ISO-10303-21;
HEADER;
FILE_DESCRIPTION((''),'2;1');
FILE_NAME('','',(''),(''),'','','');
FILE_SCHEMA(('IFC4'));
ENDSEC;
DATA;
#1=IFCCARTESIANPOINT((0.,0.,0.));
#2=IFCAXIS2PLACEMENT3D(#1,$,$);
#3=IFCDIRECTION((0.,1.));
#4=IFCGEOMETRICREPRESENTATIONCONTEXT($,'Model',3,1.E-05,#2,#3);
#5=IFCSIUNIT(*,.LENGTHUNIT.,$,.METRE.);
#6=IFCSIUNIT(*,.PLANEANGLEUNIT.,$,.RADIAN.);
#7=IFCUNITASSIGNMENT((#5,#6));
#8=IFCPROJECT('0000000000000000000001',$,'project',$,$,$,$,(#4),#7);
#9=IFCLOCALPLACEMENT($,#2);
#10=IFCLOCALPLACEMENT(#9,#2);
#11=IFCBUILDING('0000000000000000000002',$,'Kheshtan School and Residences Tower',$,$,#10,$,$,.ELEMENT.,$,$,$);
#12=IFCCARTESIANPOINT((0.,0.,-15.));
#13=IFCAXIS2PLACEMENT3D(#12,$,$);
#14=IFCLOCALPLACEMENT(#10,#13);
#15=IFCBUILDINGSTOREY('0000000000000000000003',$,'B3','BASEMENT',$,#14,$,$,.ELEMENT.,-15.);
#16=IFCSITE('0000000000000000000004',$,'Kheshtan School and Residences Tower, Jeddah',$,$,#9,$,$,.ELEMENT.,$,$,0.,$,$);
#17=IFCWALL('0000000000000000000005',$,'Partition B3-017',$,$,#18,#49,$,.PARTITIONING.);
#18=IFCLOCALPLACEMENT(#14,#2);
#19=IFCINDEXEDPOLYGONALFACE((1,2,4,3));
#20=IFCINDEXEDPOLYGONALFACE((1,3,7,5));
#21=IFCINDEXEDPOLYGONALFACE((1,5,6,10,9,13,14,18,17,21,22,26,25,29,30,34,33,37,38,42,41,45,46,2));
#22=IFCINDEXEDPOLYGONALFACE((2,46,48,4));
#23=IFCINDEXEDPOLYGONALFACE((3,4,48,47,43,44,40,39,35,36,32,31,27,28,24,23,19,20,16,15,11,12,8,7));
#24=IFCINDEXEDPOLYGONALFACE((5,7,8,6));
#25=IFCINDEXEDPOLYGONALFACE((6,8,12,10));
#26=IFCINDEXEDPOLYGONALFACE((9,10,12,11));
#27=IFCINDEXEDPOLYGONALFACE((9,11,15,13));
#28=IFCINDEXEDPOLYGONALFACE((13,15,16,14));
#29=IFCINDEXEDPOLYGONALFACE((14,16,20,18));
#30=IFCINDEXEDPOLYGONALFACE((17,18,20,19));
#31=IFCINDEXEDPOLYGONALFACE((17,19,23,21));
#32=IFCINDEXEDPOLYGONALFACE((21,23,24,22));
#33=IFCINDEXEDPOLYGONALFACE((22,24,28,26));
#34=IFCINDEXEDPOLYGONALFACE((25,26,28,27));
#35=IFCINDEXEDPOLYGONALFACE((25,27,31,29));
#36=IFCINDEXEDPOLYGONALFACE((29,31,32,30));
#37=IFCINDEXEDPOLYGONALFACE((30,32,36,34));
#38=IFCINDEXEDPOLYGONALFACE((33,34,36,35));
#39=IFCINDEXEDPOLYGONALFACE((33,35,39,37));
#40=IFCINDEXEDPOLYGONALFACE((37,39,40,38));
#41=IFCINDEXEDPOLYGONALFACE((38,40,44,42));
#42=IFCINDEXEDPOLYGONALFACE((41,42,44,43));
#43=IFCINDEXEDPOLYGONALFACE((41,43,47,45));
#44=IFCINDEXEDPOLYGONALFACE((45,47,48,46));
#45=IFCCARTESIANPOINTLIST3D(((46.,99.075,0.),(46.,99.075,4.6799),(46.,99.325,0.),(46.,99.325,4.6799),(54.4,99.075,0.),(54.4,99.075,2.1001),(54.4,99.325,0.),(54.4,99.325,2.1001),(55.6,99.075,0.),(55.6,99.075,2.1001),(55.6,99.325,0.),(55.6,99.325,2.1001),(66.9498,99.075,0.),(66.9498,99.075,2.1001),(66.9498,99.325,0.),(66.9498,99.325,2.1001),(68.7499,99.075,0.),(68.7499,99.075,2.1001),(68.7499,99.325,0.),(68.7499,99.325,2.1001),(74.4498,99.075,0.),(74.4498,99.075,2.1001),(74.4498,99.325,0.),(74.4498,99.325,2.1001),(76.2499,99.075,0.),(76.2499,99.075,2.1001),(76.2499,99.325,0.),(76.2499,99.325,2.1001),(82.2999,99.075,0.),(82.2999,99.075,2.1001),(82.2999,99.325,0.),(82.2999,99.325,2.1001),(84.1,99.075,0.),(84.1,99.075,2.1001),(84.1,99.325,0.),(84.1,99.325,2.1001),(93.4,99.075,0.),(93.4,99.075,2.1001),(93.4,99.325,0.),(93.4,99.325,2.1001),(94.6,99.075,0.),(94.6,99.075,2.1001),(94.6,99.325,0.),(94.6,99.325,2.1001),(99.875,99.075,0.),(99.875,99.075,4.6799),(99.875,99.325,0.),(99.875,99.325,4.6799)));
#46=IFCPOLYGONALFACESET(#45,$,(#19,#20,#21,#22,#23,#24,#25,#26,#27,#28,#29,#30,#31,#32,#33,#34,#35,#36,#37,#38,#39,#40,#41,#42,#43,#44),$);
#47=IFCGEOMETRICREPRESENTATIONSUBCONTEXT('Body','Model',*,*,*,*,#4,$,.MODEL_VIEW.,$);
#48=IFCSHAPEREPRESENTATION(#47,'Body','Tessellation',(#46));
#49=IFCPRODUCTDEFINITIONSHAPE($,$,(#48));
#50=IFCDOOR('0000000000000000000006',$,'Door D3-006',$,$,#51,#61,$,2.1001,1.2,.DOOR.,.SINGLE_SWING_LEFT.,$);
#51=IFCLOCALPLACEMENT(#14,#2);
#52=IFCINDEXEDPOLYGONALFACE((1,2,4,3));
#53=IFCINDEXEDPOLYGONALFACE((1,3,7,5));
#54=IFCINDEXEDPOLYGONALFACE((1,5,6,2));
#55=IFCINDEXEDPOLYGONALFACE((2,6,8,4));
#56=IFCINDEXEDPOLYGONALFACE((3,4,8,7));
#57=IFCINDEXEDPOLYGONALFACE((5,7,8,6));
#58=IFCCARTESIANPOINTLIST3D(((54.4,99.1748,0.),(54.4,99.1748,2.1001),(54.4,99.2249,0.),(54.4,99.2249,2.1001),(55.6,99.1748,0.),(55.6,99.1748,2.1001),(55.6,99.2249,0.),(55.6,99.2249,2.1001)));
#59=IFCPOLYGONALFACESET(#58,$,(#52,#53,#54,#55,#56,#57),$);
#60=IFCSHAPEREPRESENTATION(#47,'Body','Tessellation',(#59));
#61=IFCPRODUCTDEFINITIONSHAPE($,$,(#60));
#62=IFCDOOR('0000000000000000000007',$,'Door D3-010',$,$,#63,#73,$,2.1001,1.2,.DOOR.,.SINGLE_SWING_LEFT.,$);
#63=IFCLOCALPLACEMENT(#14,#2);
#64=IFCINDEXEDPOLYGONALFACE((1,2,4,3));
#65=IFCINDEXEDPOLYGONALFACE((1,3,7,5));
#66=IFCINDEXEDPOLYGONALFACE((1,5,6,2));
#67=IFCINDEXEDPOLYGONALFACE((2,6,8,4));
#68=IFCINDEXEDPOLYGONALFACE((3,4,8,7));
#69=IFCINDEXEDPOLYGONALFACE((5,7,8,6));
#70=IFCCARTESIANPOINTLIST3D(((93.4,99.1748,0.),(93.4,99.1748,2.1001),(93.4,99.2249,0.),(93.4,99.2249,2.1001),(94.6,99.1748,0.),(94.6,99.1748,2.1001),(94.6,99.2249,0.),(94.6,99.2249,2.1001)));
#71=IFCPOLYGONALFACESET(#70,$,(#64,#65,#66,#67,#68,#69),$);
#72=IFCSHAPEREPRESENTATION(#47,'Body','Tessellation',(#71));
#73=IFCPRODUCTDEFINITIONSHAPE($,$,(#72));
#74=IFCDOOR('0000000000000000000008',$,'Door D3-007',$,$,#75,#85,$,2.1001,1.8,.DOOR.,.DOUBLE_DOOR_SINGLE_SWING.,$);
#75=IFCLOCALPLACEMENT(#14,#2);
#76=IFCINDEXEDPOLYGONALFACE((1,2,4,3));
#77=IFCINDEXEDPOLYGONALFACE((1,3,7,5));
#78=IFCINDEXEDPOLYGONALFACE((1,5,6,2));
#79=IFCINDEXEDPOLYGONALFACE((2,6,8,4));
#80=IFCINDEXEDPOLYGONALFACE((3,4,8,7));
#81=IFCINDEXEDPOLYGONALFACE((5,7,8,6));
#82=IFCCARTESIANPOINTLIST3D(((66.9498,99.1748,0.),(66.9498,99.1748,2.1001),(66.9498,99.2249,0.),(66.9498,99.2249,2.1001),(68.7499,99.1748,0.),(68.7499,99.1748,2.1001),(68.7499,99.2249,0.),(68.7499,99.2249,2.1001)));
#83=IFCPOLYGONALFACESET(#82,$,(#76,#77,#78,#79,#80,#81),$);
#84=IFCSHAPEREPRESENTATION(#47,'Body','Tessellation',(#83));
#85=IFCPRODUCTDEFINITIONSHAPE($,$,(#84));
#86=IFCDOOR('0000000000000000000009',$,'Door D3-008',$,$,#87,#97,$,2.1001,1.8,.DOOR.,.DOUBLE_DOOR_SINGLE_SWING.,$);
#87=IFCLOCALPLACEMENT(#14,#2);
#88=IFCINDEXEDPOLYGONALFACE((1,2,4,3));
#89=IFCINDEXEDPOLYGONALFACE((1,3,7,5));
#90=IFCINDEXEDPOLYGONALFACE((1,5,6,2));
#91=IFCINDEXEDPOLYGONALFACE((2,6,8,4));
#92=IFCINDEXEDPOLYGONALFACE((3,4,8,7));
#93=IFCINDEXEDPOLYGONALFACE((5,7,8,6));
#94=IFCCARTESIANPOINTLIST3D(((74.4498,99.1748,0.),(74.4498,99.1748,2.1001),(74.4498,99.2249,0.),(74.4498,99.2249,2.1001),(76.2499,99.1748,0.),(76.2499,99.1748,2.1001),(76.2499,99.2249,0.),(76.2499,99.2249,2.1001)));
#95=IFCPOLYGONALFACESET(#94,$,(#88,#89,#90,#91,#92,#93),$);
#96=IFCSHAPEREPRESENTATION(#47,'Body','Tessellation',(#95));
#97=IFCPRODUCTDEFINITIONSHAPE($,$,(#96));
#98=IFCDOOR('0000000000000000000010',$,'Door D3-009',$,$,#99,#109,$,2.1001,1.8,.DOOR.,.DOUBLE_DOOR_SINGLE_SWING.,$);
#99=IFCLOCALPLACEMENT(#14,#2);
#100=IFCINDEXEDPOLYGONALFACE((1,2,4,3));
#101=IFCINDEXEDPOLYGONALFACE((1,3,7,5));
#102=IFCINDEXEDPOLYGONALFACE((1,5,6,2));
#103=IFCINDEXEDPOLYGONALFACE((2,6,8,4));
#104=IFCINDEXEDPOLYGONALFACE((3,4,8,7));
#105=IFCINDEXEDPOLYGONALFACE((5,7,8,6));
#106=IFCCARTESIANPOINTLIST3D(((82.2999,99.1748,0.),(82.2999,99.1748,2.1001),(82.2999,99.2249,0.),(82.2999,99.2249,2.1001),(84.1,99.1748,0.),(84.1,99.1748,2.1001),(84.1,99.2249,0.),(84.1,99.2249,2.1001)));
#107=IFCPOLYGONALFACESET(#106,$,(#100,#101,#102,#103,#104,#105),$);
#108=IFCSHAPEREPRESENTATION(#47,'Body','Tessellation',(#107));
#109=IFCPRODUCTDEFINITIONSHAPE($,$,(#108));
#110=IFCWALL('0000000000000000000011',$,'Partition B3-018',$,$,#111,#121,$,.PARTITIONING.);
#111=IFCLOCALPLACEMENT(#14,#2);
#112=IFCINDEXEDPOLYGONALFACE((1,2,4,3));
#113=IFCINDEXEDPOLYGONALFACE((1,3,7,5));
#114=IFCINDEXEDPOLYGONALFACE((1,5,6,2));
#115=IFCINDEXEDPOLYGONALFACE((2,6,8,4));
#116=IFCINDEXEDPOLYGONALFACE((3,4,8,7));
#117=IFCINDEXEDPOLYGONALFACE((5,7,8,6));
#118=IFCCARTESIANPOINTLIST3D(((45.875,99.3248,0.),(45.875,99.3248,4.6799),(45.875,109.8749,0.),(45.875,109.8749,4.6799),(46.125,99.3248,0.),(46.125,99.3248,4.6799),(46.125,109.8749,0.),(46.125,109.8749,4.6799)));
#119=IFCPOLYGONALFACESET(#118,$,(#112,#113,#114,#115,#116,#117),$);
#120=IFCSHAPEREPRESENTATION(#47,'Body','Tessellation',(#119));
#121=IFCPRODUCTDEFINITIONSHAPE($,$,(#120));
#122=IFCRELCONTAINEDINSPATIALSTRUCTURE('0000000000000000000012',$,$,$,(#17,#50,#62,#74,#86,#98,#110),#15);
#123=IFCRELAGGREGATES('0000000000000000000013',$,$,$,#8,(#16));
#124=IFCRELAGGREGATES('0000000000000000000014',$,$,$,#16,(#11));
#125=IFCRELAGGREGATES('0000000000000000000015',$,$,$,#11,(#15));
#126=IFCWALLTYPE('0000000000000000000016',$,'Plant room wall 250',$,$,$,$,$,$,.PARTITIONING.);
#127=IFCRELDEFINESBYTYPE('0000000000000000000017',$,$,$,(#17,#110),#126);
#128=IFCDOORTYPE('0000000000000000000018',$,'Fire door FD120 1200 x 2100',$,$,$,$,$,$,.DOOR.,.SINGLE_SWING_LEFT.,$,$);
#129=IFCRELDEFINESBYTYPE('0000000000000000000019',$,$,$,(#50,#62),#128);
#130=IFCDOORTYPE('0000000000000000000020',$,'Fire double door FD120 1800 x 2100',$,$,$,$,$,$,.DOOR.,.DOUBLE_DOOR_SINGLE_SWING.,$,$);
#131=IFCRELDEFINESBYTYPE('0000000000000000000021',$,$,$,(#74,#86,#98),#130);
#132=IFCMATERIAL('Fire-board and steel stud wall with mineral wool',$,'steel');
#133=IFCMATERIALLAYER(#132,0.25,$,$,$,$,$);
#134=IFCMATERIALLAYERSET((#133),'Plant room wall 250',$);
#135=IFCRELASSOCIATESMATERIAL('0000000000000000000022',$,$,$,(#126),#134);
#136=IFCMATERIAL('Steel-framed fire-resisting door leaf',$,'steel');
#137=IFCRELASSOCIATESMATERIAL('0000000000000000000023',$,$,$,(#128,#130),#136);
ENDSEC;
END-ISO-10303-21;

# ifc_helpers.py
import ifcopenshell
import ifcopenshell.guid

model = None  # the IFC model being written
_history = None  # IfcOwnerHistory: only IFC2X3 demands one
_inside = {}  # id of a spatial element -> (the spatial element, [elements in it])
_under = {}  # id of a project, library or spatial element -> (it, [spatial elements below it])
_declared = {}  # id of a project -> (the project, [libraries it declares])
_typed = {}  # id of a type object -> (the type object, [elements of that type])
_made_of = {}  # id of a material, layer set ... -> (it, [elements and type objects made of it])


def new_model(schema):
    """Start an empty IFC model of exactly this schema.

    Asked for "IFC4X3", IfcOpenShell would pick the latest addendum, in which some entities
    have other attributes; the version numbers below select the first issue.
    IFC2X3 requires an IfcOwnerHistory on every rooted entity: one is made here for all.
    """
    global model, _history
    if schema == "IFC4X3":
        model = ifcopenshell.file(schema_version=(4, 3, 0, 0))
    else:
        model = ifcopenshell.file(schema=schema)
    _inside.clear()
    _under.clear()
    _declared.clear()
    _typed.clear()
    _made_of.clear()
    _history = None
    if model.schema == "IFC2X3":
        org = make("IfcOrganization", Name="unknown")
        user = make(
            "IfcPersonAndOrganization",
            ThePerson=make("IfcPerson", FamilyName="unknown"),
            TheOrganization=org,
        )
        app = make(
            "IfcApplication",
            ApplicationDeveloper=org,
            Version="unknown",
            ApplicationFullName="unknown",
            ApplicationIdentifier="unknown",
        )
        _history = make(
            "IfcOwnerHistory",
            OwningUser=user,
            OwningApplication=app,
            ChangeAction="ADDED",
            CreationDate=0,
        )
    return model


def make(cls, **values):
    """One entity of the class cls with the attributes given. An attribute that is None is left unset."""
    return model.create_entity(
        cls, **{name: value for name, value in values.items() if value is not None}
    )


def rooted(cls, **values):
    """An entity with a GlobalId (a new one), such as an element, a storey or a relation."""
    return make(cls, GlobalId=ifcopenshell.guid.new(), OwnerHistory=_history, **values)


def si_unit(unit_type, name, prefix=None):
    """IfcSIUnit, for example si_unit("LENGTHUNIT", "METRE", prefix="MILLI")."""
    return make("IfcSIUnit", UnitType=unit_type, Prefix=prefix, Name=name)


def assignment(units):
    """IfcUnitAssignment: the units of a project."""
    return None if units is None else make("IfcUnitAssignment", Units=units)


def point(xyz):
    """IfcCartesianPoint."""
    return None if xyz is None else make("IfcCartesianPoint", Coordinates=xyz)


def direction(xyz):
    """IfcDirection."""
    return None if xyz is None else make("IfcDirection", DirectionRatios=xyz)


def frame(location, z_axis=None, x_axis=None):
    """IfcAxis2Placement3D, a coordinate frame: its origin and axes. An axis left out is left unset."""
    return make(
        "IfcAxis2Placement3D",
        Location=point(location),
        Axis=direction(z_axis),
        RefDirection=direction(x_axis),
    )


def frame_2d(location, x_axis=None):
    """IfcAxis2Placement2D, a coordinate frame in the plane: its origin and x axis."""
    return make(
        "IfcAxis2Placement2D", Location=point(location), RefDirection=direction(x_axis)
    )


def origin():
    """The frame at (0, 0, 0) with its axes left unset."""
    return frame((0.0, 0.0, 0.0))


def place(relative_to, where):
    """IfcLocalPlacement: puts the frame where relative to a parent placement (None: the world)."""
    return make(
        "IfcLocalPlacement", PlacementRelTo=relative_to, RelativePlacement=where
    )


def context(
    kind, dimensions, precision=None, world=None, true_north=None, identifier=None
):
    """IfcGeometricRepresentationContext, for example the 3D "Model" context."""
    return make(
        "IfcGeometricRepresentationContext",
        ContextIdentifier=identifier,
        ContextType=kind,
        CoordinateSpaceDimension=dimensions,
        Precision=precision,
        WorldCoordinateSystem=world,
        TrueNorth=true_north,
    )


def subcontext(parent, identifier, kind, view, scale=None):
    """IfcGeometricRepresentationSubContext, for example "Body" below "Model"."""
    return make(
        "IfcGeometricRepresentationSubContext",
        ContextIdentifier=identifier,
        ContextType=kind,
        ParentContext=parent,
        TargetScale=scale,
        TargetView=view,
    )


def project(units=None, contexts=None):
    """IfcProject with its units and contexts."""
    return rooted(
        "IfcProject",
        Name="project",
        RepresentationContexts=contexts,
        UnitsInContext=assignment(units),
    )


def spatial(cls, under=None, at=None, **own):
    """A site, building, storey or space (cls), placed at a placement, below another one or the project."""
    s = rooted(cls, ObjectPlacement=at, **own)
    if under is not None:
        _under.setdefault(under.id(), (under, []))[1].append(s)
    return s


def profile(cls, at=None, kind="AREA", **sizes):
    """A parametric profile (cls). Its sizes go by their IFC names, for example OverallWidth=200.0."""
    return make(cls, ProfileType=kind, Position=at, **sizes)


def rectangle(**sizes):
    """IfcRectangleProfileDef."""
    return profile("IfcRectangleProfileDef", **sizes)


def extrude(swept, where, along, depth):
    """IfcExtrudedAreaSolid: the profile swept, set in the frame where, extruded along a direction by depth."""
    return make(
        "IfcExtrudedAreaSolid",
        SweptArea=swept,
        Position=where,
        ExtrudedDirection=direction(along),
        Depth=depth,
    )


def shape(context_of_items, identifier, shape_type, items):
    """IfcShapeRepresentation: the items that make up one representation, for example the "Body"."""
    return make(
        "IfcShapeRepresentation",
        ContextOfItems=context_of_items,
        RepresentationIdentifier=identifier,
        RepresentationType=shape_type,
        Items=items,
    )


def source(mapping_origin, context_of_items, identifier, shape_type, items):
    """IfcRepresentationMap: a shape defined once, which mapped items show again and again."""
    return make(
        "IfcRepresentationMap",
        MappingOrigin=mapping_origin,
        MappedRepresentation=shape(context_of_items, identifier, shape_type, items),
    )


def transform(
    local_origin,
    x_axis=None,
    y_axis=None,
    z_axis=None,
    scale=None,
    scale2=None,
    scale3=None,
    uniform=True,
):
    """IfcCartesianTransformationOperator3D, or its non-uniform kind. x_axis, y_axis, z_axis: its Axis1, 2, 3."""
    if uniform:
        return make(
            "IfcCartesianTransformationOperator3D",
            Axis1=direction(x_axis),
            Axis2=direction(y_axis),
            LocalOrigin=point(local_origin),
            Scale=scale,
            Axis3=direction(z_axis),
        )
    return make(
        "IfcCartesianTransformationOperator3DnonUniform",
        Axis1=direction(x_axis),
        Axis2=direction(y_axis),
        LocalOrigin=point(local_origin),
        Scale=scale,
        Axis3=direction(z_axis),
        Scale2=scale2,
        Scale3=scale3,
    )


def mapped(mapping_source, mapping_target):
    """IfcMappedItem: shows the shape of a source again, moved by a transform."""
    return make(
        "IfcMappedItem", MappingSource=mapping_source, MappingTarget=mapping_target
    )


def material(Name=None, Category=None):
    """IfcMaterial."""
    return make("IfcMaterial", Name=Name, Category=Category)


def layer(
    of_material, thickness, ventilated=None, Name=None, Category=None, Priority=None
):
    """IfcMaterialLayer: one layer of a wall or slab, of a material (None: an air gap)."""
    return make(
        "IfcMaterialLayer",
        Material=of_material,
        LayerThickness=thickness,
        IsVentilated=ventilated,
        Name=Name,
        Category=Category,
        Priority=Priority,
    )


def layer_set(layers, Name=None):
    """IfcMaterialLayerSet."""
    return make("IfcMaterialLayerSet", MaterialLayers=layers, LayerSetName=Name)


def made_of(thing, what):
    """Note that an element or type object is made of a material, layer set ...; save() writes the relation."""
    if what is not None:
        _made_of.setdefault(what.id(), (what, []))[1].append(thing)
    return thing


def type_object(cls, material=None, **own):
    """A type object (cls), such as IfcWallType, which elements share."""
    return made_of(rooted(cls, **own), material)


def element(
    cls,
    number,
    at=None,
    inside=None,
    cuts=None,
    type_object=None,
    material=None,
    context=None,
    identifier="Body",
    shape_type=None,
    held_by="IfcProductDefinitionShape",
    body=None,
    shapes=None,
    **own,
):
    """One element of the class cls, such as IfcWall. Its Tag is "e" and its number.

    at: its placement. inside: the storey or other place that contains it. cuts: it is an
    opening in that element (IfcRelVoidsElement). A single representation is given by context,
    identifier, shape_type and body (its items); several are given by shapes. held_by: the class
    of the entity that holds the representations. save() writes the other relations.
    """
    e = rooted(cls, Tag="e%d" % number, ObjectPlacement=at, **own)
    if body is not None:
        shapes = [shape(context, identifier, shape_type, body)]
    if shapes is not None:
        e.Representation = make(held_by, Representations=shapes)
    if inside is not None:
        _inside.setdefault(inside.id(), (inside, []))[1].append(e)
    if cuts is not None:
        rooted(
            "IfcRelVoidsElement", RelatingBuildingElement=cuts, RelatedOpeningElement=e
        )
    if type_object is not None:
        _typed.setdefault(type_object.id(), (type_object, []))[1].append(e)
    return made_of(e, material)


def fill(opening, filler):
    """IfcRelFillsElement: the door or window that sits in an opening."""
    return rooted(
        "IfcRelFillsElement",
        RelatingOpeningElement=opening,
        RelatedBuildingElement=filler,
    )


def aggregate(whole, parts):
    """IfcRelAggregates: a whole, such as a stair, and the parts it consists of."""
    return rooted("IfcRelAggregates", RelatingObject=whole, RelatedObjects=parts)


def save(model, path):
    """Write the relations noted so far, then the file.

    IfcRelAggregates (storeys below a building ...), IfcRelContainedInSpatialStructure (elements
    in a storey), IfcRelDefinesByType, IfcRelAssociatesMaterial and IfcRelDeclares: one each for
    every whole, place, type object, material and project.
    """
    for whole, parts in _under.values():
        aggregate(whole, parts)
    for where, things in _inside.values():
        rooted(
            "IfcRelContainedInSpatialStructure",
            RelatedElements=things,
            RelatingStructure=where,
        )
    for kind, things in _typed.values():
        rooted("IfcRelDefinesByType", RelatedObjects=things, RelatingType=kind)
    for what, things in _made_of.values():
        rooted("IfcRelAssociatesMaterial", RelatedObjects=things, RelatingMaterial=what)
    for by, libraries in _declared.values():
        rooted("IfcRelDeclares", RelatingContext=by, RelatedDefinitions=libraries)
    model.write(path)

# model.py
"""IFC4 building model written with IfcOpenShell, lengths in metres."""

from ifc_helpers import new_model, si_unit, direction, frame, frame_2d, origin, place, context, subcontext, project, spatial, rectangle, extrude, source, transform, mapped, material, layer, layer_set, type_object, element, fill, save


model = new_model("IFC4")

# Units and contexts
model_context = context("Model", 3, precision=1e-05, world=origin(), true_north=direction((0.0, 1.0)))
body_context = subcontext(model_context, "Body", "Model", "MODEL_VIEW")
ifc_project = project(units=[si_unit("LENGTHUNIT", "METRE"), si_unit("PLANEANGLEUNIT", "RADIAN")], contexts=[model_context])

# Site, building, storey
site_placement = place(None, origin())
site = spatial("IfcSite", under=ifc_project, at=site_placement, Name="Kheshtan School and Residences Tower, Jeddah", CompositionType="ELEMENT", RefElevation=0.0)
building_placement = place(site_placement, origin())
building = spatial("IfcBuilding", under=site, at=building_placement, Name="Kheshtan School and Residences Tower", CompositionType="ELEMENT")
storey_placement = place(building_placement, frame((0.0, 0.0, -15.0)))
storey = spatial("IfcBuildingStorey", under=building, at=storey_placement, Name="B3", Description="BASEMENT", CompositionType="ELEMENT", Elevation=-15.0)

# Shared definitions
ifc_material_1 = material(Name="Steel-framed fire-resisting door leaf", Category="steel")

# Shared definitions
ifc_material_2 = material(Name="Fire-board and steel stud wall with mineral wool", Category="steel")
ifc_layer_1 = layer(ifc_material_2, 0.25)
ifc_layer_set_1 = layer_set([ifc_layer_1], Name="Plant room wall 250")
wall_type_1 = type_object("IfcWallType", Name="Plant room wall 250", PredefinedType="PARTITIONING", material=ifc_layer_set_1)

# Wall, openings, doors
wall_1_placement = place(storey_placement, frame((46.0, 99.2, 0.0), z_axis=(0.0, 0.0, 1.0), x_axis=(1.0, 0.0, 0.0)))
wall_1 = element("IfcWall", 1, at=wall_1_placement, inside=storey, type_object=wall_type_1, Name="Partition B3-017", PredefinedType="PARTITIONING", context=body_context, shape_type="SweptSolid", body=[
    extrude(rectangle(XDim=53.875, YDim=0.25, at=frame_2d((26.9375, 0.0))), origin(), (0.0, 0.0, 1.0), 4.6799),
])
opening_1_placement = place(wall_1_placement, frame((8.3999, 0.0, 0.0)))
opening_1 = element("IfcOpeningElement", 2, at=opening_1_placement, cuts=wall_1, PredefinedType="OPENING", context=body_context, shape_type="SweptSolid", body=[
    extrude(rectangle(XDim=1.2, YDim=2.1001, at=frame_2d((0.6001, 1.05))), frame((0.0, 0.135, 0.0), z_axis=(0.0, -1.0, 0.0), x_axis=(1.0, 0.0, 0.0)), (0.0, 0.0, 1.0), 0.27),
])
opening_2_placement = place(wall_1_placement, frame((20.95, 0.0, 0.0)))
opening_2 = element("IfcOpeningElement", 3, at=opening_2_placement, cuts=wall_1, PredefinedType="OPENING", context=body_context, shape_type="SweptSolid", body=[
    extrude(rectangle(XDim=1.8, YDim=2.1001, at=frame_2d((0.8999, 1.05))), frame((0.0, 0.135, 0.0), z_axis=(0.0, -1.0, 0.0), x_axis=(1.0, 0.0, 0.0)), (0.0, 0.0, 1.0), 0.27),
])
opening_3_placement = place(wall_1_placement, frame((28.45, 0.0, 0.0)))
opening_3 = element("IfcOpeningElement", 4, at=opening_3_placement, cuts=wall_1, PredefinedType="OPENING", context=body_context, shape_type="SweptSolid", body=[
    extrude(rectangle(XDim=1.8, YDim=2.1001, at=frame_2d((0.8999, 1.05))), frame((0.0, 0.135, 0.0), z_axis=(0.0, -1.0, 0.0), x_axis=(1.0, 0.0, 0.0)), (0.0, 0.0, 1.0), 0.27),
])
opening_4_placement = place(wall_1_placement, frame((36.3, 0.0, 0.0)))
opening_4 = element("IfcOpeningElement", 5, at=opening_4_placement, cuts=wall_1, PredefinedType="OPENING", context=body_context, shape_type="SweptSolid", body=[
    extrude(rectangle(XDim=1.8, YDim=2.1001, at=frame_2d((0.8999, 1.05))), frame((0.0, 0.135, 0.0), z_axis=(0.0, -1.0, 0.0), x_axis=(1.0, 0.0, 0.0)), (0.0, 0.0, 1.0), 0.27),
])
opening_5_placement = place(wall_1_placement, frame((47.3999, 0.0, 0.0)))
opening_5 = element("IfcOpeningElement", 6, at=opening_5_placement, cuts=wall_1, PredefinedType="OPENING", context=body_context, shape_type="SweptSolid", body=[
    extrude(rectangle(XDim=1.2, YDim=2.1001, at=frame_2d((0.6001, 1.05))), frame((0.0, 0.135, 0.0), z_axis=(0.0, -1.0, 0.0), x_axis=(1.0, 0.0, 0.0)), (0.0, 0.0, 1.0), 0.27),
])
door_type_1 = type_object("IfcDoorType", Name="Fire door FD120 1200 x 2100", OperationType="SINGLE_SWING_LEFT", PredefinedType="DOOR", material=ifc_material_1)
shared_shape_1 = source(origin(), body_context, "Body", "SweptSolid", [
    extrude(rectangle(XDim=1.2, YDim=2.1001, at=frame_2d((0.6001, 1.05))), frame((0.0, 0.0249, 0.0), z_axis=(0.0, -1.0, 0.0), x_axis=(1.0, 0.0, 0.0)), (0.0, 0.0, 1.0), 0.05),
])
door_1_placement = place(opening_1_placement, origin())
door_1 = element("IfcDoor", 7, at=door_1_placement, inside=storey, type_object=door_type_1, Name="Door D3-006", OperationType="SINGLE_SWING_LEFT", OverallHeight=2.1001, OverallWidth=1.2, PredefinedType="DOOR", context=body_context, shape_type="MappedRepresentation", body=[
    mapped(shared_shape_1, transform((0.0, 0.0, 0.0), x_axis=(1.0, 0.0, 0.0), y_axis=(0.0, 1.0, 0.0), z_axis=(0.0, 0.0, 1.0), scale=1.0)),
])
fill(opening_1, door_1)
door_2_placement = place(opening_5_placement, origin())
door_2 = element("IfcDoor", 8, at=door_2_placement, inside=storey, type_object=door_type_1, Name="Door D3-010", OperationType="SINGLE_SWING_LEFT", OverallHeight=2.1001, OverallWidth=1.2, PredefinedType="DOOR", context=body_context, shape_type="MappedRepresentation", body=[
    mapped(shared_shape_1, transform((0.0, 0.0, 0.0), x_axis=(1.0, 0.0, 0.0), y_axis=(0.0, 1.0, 0.0), z_axis=(0.0, 0.0, 1.0), scale=1.0)),
])
fill(opening_5, door_2)
door_type_2 = type_object("IfcDoorType", Name="Fire double door FD120 1800 x 2100", OperationType="DOUBLE_DOOR_SINGLE_SWING", PredefinedType="DOOR", material=ifc_material_1)
shared_shape_2 = source(origin(), body_context, "Body", "SweptSolid", [
    extrude(rectangle(XDim=1.8, YDim=2.1001, at=frame_2d((0.8999, 1.05))), frame((0.0, 0.0249, 0.0), z_axis=(0.0, -1.0, 0.0), x_axis=(1.0, 0.0, 0.0)), (0.0, 0.0, 1.0), 0.05),
])
door_3_placement = place(opening_2_placement, origin())
door_3 = element("IfcDoor", 9, at=door_3_placement, inside=storey, type_object=door_type_2, Name="Door D3-007", OperationType="DOUBLE_DOOR_SINGLE_SWING", OverallHeight=2.1001, OverallWidth=1.8, PredefinedType="DOOR", context=body_context, shape_type="MappedRepresentation", body=[
    mapped(shared_shape_2, transform((0.0, 0.0, 0.0), x_axis=(1.0, 0.0, 0.0), y_axis=(0.0, 1.0, 0.0), z_axis=(0.0, 0.0, 1.0), scale=1.0)),
])
fill(opening_2, door_3)
door_4_placement = place(opening_3_placement, origin())
door_4 = element("IfcDoor", 10, at=door_4_placement, inside=storey, type_object=door_type_2, Name="Door D3-008", OperationType="DOUBLE_DOOR_SINGLE_SWING", OverallHeight=2.1001, OverallWidth=1.8, PredefinedType="DOOR", context=body_context, shape_type="MappedRepresentation", body=[
    mapped(shared_shape_2, transform((0.0, 0.0, 0.0), x_axis=(1.0, 0.0, 0.0), y_axis=(0.0, 1.0, 0.0), z_axis=(0.0, 0.0, 1.0), scale=1.0)),
])
fill(opening_3, door_4)
door_5_placement = place(opening_4_placement, origin())
door_5 = element("IfcDoor", 11, at=door_5_placement, inside=storey, type_object=door_type_2, Name="Door D3-009", OperationType="DOUBLE_DOOR_SINGLE_SWING", OverallHeight=2.1001, OverallWidth=1.8, PredefinedType="DOOR", context=body_context, shape_type="MappedRepresentation", body=[
    mapped(shared_shape_2, transform((0.0, 0.0, 0.0), x_axis=(1.0, 0.0, 0.0), y_axis=(0.0, 1.0, 0.0), z_axis=(0.0, 0.0, 1.0), scale=1.0)),
])
fill(opening_4, door_5)

# Wall
wall_2_placement = place(storey_placement, frame((46.0, 99.325, 0.0), z_axis=(0.0, 0.0, 1.0), x_axis=(0.0, 1.0, 0.0)))
element("IfcWall", 12, at=wall_2_placement, inside=storey, type_object=wall_type_1, Name="Partition B3-018", PredefinedType="PARTITIONING", context=body_context, shape_type="SweptSolid", body=[
    extrude(rectangle(XDim=10.55, YDim=0.25, at=frame_2d((5.2749, 0.0))), origin(), (0.0, 0.0, 1.0), 4.6799),
])

save(model, "model.ifc")
